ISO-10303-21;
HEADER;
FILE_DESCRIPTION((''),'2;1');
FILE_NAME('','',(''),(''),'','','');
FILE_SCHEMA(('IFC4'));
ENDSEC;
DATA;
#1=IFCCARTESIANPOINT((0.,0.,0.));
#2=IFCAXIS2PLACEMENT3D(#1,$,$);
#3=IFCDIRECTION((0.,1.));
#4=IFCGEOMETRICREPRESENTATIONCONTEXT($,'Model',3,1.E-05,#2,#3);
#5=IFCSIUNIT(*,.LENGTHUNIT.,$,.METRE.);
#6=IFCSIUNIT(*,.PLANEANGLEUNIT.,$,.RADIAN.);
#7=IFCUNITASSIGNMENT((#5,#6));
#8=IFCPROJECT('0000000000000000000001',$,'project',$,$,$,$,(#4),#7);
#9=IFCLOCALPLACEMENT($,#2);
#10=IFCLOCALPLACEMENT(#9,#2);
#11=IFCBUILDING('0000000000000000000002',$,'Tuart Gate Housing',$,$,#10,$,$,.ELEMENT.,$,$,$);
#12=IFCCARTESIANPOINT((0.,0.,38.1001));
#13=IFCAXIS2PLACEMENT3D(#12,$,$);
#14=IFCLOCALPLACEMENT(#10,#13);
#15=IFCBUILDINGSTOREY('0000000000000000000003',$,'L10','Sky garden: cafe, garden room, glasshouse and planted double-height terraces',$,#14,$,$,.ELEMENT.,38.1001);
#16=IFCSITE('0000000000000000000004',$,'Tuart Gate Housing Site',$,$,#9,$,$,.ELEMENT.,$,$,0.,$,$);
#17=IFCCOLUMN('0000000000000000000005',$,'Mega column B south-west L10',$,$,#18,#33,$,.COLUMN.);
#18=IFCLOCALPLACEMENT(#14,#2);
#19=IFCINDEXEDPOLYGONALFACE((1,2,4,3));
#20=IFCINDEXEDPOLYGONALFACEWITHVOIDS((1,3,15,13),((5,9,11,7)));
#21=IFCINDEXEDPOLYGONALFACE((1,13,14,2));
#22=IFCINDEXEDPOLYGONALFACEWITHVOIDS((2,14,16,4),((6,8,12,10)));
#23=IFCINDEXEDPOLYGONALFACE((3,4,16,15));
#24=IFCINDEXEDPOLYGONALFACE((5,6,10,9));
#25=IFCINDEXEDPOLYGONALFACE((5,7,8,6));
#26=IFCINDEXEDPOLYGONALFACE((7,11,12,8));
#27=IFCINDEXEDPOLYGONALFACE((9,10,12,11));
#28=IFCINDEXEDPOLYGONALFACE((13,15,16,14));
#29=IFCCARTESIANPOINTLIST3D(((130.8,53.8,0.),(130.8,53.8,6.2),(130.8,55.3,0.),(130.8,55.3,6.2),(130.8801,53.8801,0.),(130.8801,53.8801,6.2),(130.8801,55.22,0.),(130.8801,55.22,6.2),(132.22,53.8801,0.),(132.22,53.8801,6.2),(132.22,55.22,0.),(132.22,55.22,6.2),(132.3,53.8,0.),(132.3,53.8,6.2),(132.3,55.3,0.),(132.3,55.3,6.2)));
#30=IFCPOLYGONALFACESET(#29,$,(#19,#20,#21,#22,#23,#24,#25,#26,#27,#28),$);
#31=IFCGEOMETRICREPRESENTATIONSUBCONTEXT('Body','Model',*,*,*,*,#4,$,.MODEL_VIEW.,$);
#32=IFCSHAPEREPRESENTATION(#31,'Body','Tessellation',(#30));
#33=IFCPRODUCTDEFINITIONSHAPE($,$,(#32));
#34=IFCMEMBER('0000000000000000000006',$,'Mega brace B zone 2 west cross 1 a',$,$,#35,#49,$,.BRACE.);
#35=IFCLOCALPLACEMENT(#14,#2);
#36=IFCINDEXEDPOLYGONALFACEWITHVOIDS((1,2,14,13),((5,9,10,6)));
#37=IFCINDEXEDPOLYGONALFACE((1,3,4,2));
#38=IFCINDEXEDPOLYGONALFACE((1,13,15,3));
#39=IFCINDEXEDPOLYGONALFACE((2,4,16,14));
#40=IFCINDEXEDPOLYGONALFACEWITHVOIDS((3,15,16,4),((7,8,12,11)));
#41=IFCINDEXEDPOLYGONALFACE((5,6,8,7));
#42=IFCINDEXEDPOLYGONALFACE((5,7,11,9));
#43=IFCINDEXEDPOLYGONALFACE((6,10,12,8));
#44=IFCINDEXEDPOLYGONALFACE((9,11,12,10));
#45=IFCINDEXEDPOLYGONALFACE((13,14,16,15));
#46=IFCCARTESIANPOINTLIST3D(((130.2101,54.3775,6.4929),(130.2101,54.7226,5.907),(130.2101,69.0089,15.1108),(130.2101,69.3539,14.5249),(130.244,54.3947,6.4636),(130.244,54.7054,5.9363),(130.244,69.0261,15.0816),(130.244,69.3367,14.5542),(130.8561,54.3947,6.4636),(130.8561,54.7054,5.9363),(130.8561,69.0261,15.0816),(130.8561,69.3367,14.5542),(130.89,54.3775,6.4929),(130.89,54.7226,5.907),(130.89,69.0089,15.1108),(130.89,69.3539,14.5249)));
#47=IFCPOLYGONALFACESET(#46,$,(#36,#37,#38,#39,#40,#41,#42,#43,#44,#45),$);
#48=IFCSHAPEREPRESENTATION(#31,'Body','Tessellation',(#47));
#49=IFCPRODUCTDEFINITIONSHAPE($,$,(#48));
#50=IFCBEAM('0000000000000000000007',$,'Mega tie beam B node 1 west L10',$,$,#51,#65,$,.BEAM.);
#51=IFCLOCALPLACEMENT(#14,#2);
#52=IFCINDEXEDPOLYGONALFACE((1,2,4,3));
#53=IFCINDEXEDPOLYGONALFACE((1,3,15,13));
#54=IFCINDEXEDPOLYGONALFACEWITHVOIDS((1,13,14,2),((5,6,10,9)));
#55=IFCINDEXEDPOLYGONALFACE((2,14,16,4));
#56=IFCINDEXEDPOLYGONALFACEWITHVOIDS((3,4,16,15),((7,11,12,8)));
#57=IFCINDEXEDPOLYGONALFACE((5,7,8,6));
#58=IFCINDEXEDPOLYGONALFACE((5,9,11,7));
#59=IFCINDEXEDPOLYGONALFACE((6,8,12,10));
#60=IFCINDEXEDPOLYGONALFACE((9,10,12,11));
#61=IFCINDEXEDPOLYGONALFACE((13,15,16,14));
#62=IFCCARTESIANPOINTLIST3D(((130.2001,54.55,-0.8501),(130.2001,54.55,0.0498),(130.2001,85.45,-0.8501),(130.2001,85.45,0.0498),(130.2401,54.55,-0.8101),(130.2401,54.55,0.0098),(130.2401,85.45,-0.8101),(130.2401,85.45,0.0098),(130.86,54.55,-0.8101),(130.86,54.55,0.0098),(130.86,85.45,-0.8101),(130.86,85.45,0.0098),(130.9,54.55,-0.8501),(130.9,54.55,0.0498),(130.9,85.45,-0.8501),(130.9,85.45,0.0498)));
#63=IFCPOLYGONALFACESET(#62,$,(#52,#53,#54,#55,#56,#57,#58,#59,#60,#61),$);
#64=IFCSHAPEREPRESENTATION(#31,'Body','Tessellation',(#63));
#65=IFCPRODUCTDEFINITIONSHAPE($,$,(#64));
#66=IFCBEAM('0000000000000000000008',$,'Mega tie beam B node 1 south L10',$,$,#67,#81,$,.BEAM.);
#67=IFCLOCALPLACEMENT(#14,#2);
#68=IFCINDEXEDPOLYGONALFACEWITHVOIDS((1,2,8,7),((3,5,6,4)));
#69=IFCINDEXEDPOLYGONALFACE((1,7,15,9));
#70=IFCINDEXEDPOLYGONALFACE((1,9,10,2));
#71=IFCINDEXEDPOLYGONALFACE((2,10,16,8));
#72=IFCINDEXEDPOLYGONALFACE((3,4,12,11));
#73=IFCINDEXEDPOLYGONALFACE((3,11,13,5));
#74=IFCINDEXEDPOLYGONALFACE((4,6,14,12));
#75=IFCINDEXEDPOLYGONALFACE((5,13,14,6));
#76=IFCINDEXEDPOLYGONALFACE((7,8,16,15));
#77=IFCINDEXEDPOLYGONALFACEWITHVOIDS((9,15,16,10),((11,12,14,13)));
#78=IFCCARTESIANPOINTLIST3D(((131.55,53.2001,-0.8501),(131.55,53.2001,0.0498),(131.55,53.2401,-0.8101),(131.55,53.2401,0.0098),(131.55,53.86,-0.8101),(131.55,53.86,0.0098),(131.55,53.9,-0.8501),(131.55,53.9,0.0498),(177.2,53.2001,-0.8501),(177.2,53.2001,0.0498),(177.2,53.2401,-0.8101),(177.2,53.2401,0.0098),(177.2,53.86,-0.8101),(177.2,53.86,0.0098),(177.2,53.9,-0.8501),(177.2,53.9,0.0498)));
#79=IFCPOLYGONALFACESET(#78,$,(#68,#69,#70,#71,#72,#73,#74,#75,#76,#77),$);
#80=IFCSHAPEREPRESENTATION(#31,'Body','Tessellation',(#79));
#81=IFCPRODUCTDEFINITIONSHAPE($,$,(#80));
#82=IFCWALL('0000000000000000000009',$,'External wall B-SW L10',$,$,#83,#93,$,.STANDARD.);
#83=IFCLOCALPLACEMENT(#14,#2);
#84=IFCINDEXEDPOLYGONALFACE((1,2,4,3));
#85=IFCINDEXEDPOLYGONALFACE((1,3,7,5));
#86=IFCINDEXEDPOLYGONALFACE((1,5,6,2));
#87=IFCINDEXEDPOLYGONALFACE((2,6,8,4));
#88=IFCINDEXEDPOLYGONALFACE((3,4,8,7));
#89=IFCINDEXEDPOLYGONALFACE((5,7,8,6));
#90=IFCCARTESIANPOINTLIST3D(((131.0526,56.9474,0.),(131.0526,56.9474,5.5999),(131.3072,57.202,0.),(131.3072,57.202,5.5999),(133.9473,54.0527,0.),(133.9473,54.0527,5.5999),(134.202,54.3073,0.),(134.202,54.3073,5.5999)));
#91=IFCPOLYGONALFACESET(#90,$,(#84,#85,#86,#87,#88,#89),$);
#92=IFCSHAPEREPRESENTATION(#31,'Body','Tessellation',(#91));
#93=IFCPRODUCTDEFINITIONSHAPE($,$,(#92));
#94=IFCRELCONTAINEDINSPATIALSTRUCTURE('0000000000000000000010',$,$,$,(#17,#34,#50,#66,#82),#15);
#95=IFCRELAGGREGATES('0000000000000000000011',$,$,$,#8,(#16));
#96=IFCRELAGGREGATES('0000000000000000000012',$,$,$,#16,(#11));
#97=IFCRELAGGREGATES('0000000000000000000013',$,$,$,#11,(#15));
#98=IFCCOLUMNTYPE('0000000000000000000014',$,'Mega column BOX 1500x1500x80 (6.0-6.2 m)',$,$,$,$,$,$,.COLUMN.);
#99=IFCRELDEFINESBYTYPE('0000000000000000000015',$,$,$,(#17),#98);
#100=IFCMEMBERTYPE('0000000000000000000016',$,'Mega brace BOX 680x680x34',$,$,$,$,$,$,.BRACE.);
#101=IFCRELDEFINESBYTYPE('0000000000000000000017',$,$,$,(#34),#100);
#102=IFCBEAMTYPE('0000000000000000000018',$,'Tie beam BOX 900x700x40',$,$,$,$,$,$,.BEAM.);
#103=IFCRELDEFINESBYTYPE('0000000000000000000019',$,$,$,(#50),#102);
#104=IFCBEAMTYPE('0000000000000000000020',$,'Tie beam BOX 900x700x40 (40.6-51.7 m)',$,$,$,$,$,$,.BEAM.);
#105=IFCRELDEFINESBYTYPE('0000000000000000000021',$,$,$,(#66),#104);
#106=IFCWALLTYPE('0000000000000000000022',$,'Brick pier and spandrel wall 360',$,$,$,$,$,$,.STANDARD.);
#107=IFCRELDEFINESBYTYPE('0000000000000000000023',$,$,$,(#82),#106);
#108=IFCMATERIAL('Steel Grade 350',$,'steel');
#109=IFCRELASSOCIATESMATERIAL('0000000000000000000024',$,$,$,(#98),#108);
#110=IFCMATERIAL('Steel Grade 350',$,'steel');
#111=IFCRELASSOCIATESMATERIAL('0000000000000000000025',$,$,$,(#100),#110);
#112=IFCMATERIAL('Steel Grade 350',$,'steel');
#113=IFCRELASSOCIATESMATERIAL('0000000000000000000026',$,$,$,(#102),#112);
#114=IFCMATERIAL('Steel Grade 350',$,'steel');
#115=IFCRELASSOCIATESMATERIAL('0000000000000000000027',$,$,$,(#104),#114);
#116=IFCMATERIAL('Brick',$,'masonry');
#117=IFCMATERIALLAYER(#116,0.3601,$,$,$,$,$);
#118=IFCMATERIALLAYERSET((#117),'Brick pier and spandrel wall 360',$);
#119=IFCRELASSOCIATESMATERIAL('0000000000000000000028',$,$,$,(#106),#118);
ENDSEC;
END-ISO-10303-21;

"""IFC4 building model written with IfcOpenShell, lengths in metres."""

from ifc_helpers import new_model, si_unit, direction, frame, frame_2d, origin, origin_2d, place, context, subcontext, project, spatial, rectangle, hollow_rectangle, extrude, material, layer, layer_set, material_profile, profile_set, type_object, element, save


model = new_model("IFC4")

# Units and contexts
model_context = context("Model", 3, precision=1e-05, world=origin(), true_north=direction((0.0, 1.0)))
body_context = subcontext(model_context, "Body", "Model", "MODEL_VIEW")
ifc_project = project(units=[si_unit("LENGTHUNIT", "METRE"), si_unit("PLANEANGLEUNIT", "RADIAN")], contexts=[model_context])

# Site, building, storey
site_placement = place(None, origin())
site = spatial("IfcSite", under=ifc_project, at=site_placement, Name="Tuart Gate Housing Site", CompositionType="ELEMENT", RefElevation=0.0)
building_placement = place(site_placement, origin())
building = spatial("IfcBuilding", under=site, at=building_placement, Name="Tuart Gate Housing", CompositionType="ELEMENT")
storey_placement = place(building_placement, frame((0.0, 0.0, 38.1001)))
storey = spatial("IfcBuildingStorey", under=building, at=storey_placement, Name="L10", Description="Sky garden: cafe, garden room, glasshouse and planted double-height terraces", CompositionType="ELEMENT", Elevation=38.1001)

# Column
ifc_material_1 = material(Name="Steel Grade 350", Category="steel")
ifc_material_profile_1 = material_profile(ifc_material_1, hollow_rectangle(XDim=1.5, YDim=1.5, WallThickness=0.0801, at=origin_2d()), Name="BOX 1500x1500x80")
ifc_profile_set_1 = profile_set([ifc_material_profile_1], Name="Steel Grade 350")
column_type = type_object("IfcColumnType", Name="Mega column BOX 1500x1500x80 (6.0-6.2 m)", PredefinedType="COLUMN", material=ifc_profile_set_1)
column_placement = place(storey_placement, frame((131.55, 54.55, 0.0), z_axis=(0.0, 0.0, 1.0), x_axis=(1.0, 0.0, 0.0)))
element("IfcColumn", 1, at=column_placement, inside=storey, type_object=column_type, Name="Mega column B south-west L10", PredefinedType="COLUMN", context=body_context, shape_type="SweptSolid", body=[
    extrude(hollow_rectangle(XDim=1.5, YDim=1.5, WallThickness=0.0801, at=origin_2d()), origin(), (0.0, 0.0, 1.0), 6.2),
])

# Member
ifc_material_2 = material(Name="Steel Grade 350", Category="steel")
ifc_material_profile_2 = material_profile(ifc_material_2, hollow_rectangle(XDim=0.6799, YDim=0.6799, WallThickness=0.0339, at=origin_2d()), Name="BOX 680x680x34")
ifc_profile_set_2 = profile_set([ifc_material_profile_2], Name="Steel Grade 350")
member_type = type_object("IfcMemberType", Name="Mega brace BOX 680x680x34", PredefinedType="BRACE", material=ifc_profile_set_2)
member_placement = place(storey_placement, frame((130.55, 54.55, 6.2), z_axis=(0.0, 0.861645, 0.507512), x_axis=(-1.0, 0.0, 0.0)))
element("IfcMember", 2, at=member_placement, inside=storey, type_object=member_type, Name="Mega brace B zone 2 west cross 1 a", PredefinedType="BRACE", context=body_context, shape_type="SweptSolid", body=[
    extrude(hollow_rectangle(XDim=0.6799, YDim=0.6799, WallThickness=0.0339, at=origin_2d()), origin(), (0.0, 0.0, 1.0), 16.9807),
])

# Beams
ifc_material_3 = material(Name="Steel Grade 350", Category="steel")
ifc_material_profile_3 = material_profile(ifc_material_3, hollow_rectangle(XDim=0.7, YDim=0.8999, WallThickness=0.04, at=origin_2d()), Name="BOX 900x700x40")
ifc_profile_set_3 = profile_set([ifc_material_profile_3], Name="Steel Grade 350")
beam_type_1 = type_object("IfcBeamType", Name="Tie beam BOX 900x700x40", PredefinedType="BEAM", material=ifc_profile_set_3)
beam_1_placement = place(storey_placement, frame((130.55, 54.55, -0.4001), z_axis=(0.0, 1.0, 0.0), x_axis=(-1.0, 0.0, 0.0)))
element("IfcBeam", 3, at=beam_1_placement, inside=storey, type_object=beam_type_1, Name="Mega tie beam B node 1 west L10", PredefinedType="BEAM", context=body_context, shape_type="SweptSolid", body=[
    extrude(hollow_rectangle(XDim=0.7, YDim=0.8999, WallThickness=0.04, at=origin_2d()), origin(), (0.0, 0.0, 1.0), 30.8999),
])
ifc_material_4 = material(Name="Steel Grade 350", Category="steel")
ifc_material_profile_4 = material_profile(ifc_material_4, hollow_rectangle(XDim=0.7, YDim=0.8999, WallThickness=0.04, at=origin_2d()), Name="BOX 900x700x40")
ifc_profile_set_4 = profile_set([ifc_material_profile_4], Name="Steel Grade 350")
beam_type_2 = type_object("IfcBeamType", Name="Tie beam BOX 900x700x40 (40.6-51.7 m)", PredefinedType="BEAM", material=ifc_profile_set_4)
beam_2_placement = place(storey_placement, frame((131.55, 53.55, -0.4001), z_axis=(1.0, 0.0, 0.0), x_axis=(0.0, 1.0, 0.0)))
element("IfcBeam", 4, at=beam_2_placement, inside=storey, type_object=beam_type_2, Name="Mega tie beam B node 1 south L10", PredefinedType="BEAM", context=body_context, shape_type="SweptSolid", body=[
    extrude(hollow_rectangle(XDim=0.7, YDim=0.8999, WallThickness=0.04, at=origin_2d()), origin(), (0.0, 0.0, 1.0), 45.6499),
])

# Wall
ifc_material_5 = material(Name="Brick", Category="masonry")
ifc_layer_1 = layer(ifc_material_5, 0.3601)
ifc_layer_set_1 = layer_set([ifc_layer_1], Name="Brick pier and spandrel wall 360")
wall_type_1 = type_object("IfcWallType", Name="Brick pier and spandrel wall 360", PredefinedType="STANDARD", material=ifc_layer_set_1)
wall_1_placement = place(storey_placement, frame((131.1799, 57.0747, 0.0), z_axis=(0.0, 0.0, 1.0), x_axis=(0.707107, -0.707107, 0.0)))
element("IfcWall", 5, at=wall_1_placement, inside=storey, type_object=wall_type_1, Name="External wall B-SW L10", PredefinedType="STANDARD", context=body_context, shape_type="SweptSolid", body=[
    extrude(rectangle(XDim=4.0938, YDim=0.3601, at=frame_2d((2.0469, 0.0))), origin(), (0.0, 0.0, 1.0), 5.5999),
])

save(model, "model.ifc")
